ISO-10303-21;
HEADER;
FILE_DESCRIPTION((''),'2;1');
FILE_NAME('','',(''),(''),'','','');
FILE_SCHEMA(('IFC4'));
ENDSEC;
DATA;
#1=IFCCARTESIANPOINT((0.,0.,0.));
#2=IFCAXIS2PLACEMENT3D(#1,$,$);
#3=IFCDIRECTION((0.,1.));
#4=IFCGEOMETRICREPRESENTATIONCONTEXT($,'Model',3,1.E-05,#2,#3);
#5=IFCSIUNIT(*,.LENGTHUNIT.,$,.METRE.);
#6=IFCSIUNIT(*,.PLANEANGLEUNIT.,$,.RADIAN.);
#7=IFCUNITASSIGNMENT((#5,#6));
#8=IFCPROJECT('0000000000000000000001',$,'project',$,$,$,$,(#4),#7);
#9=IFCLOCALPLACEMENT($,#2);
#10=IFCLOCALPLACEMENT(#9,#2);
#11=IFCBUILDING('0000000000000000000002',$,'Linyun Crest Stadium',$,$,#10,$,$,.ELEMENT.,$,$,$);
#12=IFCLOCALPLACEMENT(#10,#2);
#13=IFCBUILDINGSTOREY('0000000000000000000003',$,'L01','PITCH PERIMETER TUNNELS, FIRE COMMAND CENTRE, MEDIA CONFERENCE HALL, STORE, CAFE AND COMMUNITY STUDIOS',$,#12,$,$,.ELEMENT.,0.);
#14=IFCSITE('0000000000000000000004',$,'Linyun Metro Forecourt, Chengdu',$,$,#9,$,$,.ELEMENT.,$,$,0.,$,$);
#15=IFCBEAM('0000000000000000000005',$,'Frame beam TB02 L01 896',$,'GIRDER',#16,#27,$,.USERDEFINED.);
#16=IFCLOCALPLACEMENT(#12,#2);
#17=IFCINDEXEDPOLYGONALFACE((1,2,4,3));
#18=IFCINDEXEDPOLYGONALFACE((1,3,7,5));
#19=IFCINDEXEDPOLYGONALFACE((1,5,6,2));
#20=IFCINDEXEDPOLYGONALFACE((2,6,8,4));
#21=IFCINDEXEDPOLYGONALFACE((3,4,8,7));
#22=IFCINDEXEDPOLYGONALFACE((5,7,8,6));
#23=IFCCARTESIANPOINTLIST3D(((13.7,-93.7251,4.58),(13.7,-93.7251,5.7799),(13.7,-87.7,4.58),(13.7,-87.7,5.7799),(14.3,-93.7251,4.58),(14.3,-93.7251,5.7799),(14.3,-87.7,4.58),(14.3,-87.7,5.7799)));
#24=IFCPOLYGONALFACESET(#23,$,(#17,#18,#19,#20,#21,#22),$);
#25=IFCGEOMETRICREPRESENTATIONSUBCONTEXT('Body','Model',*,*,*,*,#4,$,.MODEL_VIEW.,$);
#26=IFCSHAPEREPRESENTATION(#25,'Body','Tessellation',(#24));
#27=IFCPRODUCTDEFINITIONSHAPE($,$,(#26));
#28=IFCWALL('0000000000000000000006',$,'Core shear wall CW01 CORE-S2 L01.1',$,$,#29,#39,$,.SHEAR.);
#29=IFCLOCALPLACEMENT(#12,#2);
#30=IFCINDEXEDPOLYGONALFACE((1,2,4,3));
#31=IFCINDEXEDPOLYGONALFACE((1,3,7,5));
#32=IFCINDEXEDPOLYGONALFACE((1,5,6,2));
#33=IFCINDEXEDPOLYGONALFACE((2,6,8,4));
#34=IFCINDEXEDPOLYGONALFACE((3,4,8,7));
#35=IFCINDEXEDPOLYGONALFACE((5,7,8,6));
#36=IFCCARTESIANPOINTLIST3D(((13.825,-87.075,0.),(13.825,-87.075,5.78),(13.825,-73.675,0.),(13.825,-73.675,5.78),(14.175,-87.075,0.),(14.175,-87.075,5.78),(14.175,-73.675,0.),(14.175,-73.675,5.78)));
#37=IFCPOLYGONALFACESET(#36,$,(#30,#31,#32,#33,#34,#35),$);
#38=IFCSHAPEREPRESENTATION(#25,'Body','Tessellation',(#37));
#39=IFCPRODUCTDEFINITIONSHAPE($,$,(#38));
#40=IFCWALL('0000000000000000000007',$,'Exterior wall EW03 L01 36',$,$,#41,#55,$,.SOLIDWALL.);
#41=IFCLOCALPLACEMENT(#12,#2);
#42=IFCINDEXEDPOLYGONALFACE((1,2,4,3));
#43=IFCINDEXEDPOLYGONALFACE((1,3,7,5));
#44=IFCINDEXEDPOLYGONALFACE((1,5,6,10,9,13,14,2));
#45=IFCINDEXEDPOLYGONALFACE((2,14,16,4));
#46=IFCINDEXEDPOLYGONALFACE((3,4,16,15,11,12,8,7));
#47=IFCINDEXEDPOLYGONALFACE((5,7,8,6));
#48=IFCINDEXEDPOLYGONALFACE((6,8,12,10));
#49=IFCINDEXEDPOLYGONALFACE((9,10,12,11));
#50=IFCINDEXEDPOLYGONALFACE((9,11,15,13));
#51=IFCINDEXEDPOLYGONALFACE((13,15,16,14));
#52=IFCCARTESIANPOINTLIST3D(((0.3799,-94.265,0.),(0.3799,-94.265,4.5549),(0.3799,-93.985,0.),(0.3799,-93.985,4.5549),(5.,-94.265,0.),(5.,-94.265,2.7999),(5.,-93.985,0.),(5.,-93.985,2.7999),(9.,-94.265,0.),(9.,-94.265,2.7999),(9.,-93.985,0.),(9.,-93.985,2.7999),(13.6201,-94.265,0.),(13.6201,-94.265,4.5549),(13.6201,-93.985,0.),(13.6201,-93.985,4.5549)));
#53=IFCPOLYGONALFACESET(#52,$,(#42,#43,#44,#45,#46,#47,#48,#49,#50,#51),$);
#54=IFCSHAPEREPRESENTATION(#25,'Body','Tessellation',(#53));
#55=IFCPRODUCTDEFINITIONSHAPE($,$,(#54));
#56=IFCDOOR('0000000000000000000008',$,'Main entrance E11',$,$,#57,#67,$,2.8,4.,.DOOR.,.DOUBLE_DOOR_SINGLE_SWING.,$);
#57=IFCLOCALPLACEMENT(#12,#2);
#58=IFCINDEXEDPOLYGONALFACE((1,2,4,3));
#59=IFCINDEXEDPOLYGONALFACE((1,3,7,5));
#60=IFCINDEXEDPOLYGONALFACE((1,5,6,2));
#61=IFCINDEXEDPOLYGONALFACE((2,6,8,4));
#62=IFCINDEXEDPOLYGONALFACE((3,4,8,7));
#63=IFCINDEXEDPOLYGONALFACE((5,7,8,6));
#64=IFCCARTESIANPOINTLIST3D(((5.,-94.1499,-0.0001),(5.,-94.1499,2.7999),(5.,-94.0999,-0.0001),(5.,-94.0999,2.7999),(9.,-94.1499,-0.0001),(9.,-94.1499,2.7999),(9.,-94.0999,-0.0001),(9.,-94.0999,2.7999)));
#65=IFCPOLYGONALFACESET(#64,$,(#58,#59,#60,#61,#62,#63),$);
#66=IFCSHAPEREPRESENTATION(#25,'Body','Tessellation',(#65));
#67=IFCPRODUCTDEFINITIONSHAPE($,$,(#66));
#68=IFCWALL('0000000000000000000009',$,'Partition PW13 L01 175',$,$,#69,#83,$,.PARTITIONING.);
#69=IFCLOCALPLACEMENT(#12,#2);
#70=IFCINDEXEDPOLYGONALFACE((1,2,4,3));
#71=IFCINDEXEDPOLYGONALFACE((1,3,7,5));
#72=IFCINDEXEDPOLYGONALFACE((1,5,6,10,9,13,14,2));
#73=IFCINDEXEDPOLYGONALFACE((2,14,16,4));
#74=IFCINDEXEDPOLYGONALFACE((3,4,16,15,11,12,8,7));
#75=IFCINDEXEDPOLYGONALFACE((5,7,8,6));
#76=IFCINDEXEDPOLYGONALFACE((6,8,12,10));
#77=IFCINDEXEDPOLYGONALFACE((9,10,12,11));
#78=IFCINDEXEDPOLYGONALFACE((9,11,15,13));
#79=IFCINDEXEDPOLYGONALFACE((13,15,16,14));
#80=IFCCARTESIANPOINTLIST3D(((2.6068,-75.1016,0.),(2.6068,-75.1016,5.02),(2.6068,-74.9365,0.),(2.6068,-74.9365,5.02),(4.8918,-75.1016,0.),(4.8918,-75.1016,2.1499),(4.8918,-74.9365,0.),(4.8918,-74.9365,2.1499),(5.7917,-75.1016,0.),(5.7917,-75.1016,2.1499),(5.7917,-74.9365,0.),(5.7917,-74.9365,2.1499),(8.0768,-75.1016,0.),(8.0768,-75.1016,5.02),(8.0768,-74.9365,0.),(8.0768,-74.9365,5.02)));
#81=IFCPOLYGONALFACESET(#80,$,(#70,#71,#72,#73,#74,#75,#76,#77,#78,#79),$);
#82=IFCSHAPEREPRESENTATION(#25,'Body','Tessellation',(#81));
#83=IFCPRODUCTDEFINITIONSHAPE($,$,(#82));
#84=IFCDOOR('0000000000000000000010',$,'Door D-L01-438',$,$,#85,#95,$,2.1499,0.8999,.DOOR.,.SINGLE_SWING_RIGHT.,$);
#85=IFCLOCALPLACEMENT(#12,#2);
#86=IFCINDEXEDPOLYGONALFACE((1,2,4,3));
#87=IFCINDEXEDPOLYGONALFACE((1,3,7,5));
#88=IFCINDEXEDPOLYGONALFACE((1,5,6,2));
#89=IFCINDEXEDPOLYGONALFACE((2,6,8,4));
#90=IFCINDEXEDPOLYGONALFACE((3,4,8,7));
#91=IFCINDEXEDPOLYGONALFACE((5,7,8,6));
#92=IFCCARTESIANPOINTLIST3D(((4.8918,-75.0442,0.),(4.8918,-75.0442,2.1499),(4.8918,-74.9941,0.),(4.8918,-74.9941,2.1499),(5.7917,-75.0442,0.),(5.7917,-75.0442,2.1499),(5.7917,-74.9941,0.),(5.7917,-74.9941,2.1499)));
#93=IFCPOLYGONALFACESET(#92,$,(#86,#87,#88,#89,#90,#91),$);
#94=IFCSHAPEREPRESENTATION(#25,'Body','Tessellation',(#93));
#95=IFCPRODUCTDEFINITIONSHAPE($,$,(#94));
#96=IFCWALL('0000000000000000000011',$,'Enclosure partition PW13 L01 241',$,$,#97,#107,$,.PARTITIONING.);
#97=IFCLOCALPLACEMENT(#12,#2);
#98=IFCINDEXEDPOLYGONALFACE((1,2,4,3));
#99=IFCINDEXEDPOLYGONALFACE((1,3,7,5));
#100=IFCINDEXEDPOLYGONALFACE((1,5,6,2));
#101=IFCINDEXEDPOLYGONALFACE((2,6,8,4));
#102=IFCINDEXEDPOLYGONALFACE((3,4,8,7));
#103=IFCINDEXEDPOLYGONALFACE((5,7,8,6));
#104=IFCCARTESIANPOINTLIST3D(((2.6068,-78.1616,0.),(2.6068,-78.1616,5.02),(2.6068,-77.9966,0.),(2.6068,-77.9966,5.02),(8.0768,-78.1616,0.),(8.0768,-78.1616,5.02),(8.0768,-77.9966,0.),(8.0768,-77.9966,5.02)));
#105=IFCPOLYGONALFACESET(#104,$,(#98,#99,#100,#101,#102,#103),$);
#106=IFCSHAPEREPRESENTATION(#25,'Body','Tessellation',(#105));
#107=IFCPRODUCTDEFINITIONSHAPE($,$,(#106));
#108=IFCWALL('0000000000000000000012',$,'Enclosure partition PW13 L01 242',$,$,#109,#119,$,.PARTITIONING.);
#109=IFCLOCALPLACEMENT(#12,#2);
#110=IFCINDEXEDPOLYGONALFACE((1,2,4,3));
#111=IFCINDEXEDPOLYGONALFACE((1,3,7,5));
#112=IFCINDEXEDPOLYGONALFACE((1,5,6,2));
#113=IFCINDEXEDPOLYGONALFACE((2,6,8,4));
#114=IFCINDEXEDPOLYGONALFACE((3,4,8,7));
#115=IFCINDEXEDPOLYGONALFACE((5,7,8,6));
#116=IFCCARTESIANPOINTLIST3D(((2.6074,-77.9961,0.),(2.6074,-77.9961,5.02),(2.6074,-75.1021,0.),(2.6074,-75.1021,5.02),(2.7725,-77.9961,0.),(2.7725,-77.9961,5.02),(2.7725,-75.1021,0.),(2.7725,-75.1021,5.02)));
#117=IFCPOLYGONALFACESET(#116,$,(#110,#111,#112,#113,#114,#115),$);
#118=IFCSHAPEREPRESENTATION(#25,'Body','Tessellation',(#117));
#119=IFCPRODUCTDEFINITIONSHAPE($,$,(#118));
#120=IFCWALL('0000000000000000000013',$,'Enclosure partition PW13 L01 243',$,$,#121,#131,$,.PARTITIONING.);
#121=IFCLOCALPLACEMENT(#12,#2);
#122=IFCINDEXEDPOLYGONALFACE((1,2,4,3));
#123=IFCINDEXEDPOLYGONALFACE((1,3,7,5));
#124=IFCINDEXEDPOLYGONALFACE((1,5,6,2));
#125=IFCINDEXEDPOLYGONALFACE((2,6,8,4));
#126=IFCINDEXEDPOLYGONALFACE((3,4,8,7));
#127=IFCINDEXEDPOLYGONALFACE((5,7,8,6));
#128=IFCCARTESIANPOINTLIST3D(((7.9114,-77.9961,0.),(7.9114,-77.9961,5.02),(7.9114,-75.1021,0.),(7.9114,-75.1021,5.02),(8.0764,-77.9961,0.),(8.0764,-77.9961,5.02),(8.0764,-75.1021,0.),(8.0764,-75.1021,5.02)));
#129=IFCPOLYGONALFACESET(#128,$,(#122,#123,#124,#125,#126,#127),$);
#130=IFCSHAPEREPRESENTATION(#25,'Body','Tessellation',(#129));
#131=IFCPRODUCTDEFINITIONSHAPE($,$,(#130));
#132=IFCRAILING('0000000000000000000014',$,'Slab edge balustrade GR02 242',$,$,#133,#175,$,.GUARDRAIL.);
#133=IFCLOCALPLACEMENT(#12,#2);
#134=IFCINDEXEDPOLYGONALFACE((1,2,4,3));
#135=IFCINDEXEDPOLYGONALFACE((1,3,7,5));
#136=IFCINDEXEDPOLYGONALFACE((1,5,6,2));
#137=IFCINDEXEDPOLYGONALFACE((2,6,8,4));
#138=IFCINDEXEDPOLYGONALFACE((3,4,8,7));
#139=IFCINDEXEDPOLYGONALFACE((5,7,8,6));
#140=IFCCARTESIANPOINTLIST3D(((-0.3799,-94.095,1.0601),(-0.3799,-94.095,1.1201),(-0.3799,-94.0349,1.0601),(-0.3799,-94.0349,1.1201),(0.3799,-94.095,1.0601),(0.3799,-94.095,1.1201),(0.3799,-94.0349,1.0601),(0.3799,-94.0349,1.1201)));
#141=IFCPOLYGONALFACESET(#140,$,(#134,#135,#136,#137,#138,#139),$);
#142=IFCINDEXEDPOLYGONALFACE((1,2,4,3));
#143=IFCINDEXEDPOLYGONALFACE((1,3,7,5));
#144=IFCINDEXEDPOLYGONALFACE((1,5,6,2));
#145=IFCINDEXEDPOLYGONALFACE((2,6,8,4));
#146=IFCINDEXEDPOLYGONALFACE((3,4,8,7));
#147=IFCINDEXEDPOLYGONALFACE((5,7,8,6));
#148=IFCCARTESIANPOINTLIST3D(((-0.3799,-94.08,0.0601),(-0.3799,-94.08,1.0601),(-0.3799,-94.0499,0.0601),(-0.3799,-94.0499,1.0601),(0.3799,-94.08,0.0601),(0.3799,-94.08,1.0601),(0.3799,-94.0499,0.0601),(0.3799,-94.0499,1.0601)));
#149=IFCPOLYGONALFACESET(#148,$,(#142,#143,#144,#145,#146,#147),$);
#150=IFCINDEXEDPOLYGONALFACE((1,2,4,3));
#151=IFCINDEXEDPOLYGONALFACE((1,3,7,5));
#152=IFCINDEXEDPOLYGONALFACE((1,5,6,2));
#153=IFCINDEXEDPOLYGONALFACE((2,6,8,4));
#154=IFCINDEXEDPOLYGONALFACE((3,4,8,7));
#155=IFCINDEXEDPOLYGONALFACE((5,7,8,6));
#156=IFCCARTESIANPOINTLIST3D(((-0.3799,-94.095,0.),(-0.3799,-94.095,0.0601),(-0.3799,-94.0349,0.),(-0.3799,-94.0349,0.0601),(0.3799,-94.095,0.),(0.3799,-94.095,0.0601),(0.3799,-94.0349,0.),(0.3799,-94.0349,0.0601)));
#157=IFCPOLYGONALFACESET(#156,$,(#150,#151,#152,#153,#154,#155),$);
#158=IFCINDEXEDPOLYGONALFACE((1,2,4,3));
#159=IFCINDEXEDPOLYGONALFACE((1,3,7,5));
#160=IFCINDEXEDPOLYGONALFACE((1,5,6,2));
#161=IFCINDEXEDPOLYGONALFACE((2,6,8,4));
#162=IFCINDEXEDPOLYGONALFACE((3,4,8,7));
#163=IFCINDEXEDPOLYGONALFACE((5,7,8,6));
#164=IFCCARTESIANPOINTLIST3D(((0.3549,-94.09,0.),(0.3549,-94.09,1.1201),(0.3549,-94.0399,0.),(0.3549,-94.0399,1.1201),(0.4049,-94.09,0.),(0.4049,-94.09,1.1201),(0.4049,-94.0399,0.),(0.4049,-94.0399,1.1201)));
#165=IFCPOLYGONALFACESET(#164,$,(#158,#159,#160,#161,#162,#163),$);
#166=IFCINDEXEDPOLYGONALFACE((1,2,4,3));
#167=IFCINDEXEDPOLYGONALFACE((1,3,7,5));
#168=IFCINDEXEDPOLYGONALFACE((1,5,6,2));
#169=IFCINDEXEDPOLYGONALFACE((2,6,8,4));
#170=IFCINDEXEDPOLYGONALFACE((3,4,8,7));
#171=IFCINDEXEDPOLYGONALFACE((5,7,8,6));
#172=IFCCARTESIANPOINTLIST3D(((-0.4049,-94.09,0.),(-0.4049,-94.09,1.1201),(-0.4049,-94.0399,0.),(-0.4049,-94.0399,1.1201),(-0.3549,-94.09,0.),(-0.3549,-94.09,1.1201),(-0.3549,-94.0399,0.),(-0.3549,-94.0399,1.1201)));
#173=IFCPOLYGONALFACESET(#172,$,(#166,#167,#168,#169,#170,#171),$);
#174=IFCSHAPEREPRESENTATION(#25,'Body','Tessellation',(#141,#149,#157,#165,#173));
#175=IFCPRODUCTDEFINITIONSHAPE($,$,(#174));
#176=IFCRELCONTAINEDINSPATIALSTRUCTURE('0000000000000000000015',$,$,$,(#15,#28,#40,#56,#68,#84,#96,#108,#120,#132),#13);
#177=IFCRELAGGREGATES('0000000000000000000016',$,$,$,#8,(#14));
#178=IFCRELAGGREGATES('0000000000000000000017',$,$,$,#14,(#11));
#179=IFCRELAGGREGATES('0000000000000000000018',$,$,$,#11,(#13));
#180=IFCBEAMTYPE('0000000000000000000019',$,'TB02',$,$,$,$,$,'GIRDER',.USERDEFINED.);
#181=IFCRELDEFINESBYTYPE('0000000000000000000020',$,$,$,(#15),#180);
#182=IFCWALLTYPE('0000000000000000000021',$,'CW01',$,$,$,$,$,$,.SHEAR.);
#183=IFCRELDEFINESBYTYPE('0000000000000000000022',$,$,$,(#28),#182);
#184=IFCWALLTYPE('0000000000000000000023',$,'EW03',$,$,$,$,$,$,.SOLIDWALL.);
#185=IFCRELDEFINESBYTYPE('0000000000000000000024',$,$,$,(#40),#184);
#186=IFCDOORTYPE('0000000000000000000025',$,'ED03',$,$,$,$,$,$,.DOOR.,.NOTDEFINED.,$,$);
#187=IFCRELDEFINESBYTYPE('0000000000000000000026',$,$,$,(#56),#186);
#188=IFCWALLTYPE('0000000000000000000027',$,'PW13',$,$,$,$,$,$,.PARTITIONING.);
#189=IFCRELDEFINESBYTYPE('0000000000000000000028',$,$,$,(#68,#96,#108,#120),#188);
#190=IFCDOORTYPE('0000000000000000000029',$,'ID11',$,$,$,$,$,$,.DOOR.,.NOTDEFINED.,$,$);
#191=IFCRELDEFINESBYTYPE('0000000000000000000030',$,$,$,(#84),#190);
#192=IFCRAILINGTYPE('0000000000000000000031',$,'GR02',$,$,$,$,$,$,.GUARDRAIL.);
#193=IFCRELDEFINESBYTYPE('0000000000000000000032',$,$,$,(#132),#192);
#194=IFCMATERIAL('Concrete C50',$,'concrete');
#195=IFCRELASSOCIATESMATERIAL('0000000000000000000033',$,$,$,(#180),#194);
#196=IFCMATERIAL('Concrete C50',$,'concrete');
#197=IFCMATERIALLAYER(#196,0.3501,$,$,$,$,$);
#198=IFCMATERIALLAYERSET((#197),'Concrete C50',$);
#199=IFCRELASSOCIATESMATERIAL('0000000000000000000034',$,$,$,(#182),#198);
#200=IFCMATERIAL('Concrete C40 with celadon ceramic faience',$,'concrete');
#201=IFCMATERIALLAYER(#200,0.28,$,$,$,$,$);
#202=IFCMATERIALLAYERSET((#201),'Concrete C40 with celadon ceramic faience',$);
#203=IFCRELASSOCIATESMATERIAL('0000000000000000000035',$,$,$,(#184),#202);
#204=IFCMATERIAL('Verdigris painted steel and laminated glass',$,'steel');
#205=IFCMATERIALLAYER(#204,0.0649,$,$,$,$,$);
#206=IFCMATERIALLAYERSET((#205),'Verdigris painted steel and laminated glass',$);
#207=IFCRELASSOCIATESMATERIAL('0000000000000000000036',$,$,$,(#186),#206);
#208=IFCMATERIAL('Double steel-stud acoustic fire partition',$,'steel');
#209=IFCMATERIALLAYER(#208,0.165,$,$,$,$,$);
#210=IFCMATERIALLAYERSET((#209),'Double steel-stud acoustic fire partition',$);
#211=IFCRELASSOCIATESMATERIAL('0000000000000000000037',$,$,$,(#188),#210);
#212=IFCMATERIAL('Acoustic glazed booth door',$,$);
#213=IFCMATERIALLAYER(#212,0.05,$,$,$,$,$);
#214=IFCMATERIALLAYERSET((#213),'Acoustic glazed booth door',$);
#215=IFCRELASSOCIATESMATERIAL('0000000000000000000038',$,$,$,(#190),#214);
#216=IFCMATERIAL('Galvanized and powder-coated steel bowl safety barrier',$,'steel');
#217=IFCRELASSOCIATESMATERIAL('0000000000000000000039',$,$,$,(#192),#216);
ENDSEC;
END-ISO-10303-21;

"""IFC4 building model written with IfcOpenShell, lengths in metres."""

from ifc_helpers import new_model, si_unit, direction, frame, frame_2d, origin, origin_2d, place, context, subcontext, project, spatial, rectangle, extrude, material, layer, layer_set, material_profile, profile_set, type_object, element, fill, save


model = new_model("IFC4")

# Units and contexts
model_context = context("Model", 3, precision=1e-05, world=origin(), true_north=direction((0.0, 1.0)))
body_context = subcontext(model_context, "Body", "Model", "MODEL_VIEW")
ifc_project = project(units=[si_unit("LENGTHUNIT", "METRE"), si_unit("PLANEANGLEUNIT", "RADIAN")], contexts=[model_context])

# Site, building, storey
site_placement = place(None, origin())
site = spatial("IfcSite", under=ifc_project, at=site_placement, Name="Linyun Metro Forecourt, Chengdu", CompositionType="ELEMENT", RefElevation=0.0)
building_placement = place(site_placement, origin())
building = spatial("IfcBuilding", under=site, at=building_placement, Name="Linyun Crest Stadium", CompositionType="ELEMENT")
storey_placement = place(building_placement, origin())
storey = spatial("IfcBuildingStorey", under=building, at=storey_placement, Name="L01", Description="PITCH PERIMETER TUNNELS, FIRE COMMAND CENTRE, MEDIA CONFERENCE HALL, STORE, CAFE AND COMMUNITY STUDIOS", CompositionType="ELEMENT", Elevation=0.0)

# Beam
ifc_material_1 = material(Name="Concrete C50", Category="concrete")
ifc_material_profile_1 = material_profile(ifc_material_1, rectangle(XDim=0.6001, YDim=1.2, at=origin_2d()), Name="RCB 1200x600")
ifc_profile_set_1 = profile_set([ifc_material_profile_1], Name="Concrete C50")
beam_type_1 = type_object("IfcBeamType", Name="TB02", ElementType="GIRDER", PredefinedType="USERDEFINED", material=ifc_profile_set_1)
beam_1_placement = place(storey_placement, frame((14.0, -93.7251, 5.1799), z_axis=(0.0, 1.0, 0.0), x_axis=(-1.0, 0.0, 0.0)))
element("IfcBeam", 1, at=beam_1_placement, inside=storey, type_object=beam_type_1, Name="Frame beam TB02 L01 896", ObjectType="GIRDER", PredefinedType="USERDEFINED", context=body_context, shape_type="SweptSolid", body=[
    extrude(rectangle(XDim=0.6001, YDim=1.2, at=origin_2d()), origin(), (0.0, 0.0, 1.0), 6.0251),
])

# Wall
ifc_material_2 = material(Name="Concrete C50", Category="concrete")
ifc_layer_1 = layer(ifc_material_2, 0.3501)
ifc_layer_set_1 = layer_set([ifc_layer_1], Name="Concrete C50")
wall_type_1 = type_object("IfcWallType", Name="CW01", PredefinedType="SHEAR", material=ifc_layer_set_1)
wall_1_placement = place(storey_placement, frame((14.0, -87.075, 0.0), z_axis=(0.0, 0.0, 1.0), x_axis=(0.0, 1.0, 0.0)))
element("IfcWall", 2, at=wall_1_placement, inside=storey, type_object=wall_type_1, Name="Core shear wall CW01 CORE-S2 L01.1", PredefinedType="SHEAR", context=body_context, shape_type="SweptSolid", body=[
    extrude(rectangle(XDim=13.3999, YDim=0.3501, at=frame_2d((6.7, 0.0))), origin(), (0.0, 0.0, 1.0), 5.78),
])

# Walls, openings, doors
ifc_material_3 = material(Name="Concrete C40 with celadon ceramic faience", Category="concrete")
ifc_layer_2 = layer(ifc_material_3, 0.28)
ifc_layer_set_2 = layer_set([ifc_layer_2], Name="Concrete C40 with celadon ceramic faience")
wall_type_2 = type_object("IfcWallType", Name="EW03", PredefinedType="SOLIDWALL", material=ifc_layer_set_2)
wall_2_placement = place(storey_placement, frame((13.6201, -94.125, 0.0), z_axis=(0.0, 0.0, 1.0), x_axis=(-1.0, 0.0, 0.0)))
wall_2 = element("IfcWall", 3, at=wall_2_placement, inside=storey, type_object=wall_type_2, Name="Exterior wall EW03 L01 36", PredefinedType="SOLIDWALL", context=body_context, shape_type="SweptSolid", body=[
    extrude(rectangle(XDim=13.2402, YDim=0.28, at=frame_2d((6.6201, 0.0))), origin(), (0.0, 0.0, 1.0), 4.5549),
])
opening_1_placement = place(wall_2_placement, frame((4.6201, 0.0, 0.0)))
opening_1 = element("IfcOpeningElement", 4, at=opening_1_placement, cuts=wall_2, PredefinedType="OPENING", context=body_context, shape_type="SweptSolid", body=[
    extrude(rectangle(XDim=4.0, YDim=2.8, at=frame_2d((2.0, 1.3999))), frame((0.0, 0.1499, 0.0), z_axis=(0.0, -1.0, 0.0), x_axis=(1.0, 0.0, 0.0)), (0.0, 0.0, 1.0), 0.3),
])
ifc_material_4 = material(Name="Verdigris painted steel and laminated glass", Category="steel")
ifc_layer_3 = layer(ifc_material_4, 0.0649)
ifc_layer_set_3 = layer_set([ifc_layer_3], Name="Verdigris painted steel and laminated glass")
door_type_1 = type_object("IfcDoorType", Name="ED03", OperationType="NOTDEFINED", PredefinedType="DOOR", material=ifc_layer_set_3)
door_1_placement = place(opening_1_placement, origin())
door_1 = element("IfcDoor", 5, at=door_1_placement, inside=storey, type_object=door_type_1, Name="Main entrance E11", OperationType="DOUBLE_DOOR_SINGLE_SWING", OverallHeight=2.8, OverallWidth=4.0, PredefinedType="DOOR", context=body_context, shape_type="SweptSolid", body=[
    extrude(rectangle(XDim=4.0, YDim=2.8, at=frame_2d((2.0, 1.3999))), frame((0.0, 0.0249, 0.0), z_axis=(0.0, -1.0, 0.0), x_axis=(1.0, 0.0, 0.0)), (0.0, 0.0, 1.0), 0.05),
])
fill(opening_1, door_1)
ifc_material_5 = material(Name="Double steel-stud acoustic fire partition", Category="steel")
ifc_layer_4 = layer(ifc_material_5, 0.165)
ifc_layer_set_4 = layer_set([ifc_layer_4], Name="Double steel-stud acoustic fire partition")
wall_type_3 = type_object("IfcWallType", Name="PW13", PredefinedType="PARTITIONING", material=ifc_layer_set_4)
wall_3_placement = place(storey_placement, frame((2.6069, -75.019, 0.0), z_axis=(0.0, 0.0, 1.0), x_axis=(1.0, 0.0, 0.0)))
wall_3 = element("IfcWall", 6, at=wall_3_placement, inside=storey, type_object=wall_type_3, Name="Partition PW13 L01 175", PredefinedType="PARTITIONING", context=body_context, shape_type="SweptSolid", body=[
    extrude(rectangle(XDim=5.47, YDim=0.165, at=frame_2d((2.7349, 0.0))), origin(), (0.0, 0.0, 1.0), 5.02),
])
opening_2_placement = place(wall_3_placement, frame((2.2849, 0.0, 0.0)))
opening_2 = element("IfcOpeningElement", 7, at=opening_2_placement, cuts=wall_3, PredefinedType="OPENING", context=body_context, shape_type="SweptSolid", body=[
    extrude(rectangle(XDim=0.8999, YDim=2.1499, at=frame_2d((0.45, 1.075))), frame((0.0, 0.0925, 0.0), z_axis=(0.0, -1.0, 0.0), x_axis=(1.0, 0.0, 0.0)), (0.0, 0.0, 1.0), 0.1851),
])
ifc_material_6 = material(Name="Acoustic glazed booth door")
ifc_layer_5 = layer(ifc_material_6, 0.05)
ifc_layer_set_5 = layer_set([ifc_layer_5], Name="Acoustic glazed booth door")
door_type_2 = type_object("IfcDoorType", Name="ID11", OperationType="NOTDEFINED", PredefinedType="DOOR", material=ifc_layer_set_5)
door_2_placement = place(opening_2_placement, origin())
door_2 = element("IfcDoor", 8, at=door_2_placement, inside=storey, type_object=door_type_2, Name="Door D-L01-438", OperationType="SINGLE_SWING_RIGHT", OverallHeight=2.1499, OverallWidth=0.8999, PredefinedType="DOOR", context=body_context, shape_type="SweptSolid", body=[
    extrude(rectangle(XDim=0.8999, YDim=2.1499, at=frame_2d((0.45, 1.075))), frame((0.0, 0.0249, 0.0), z_axis=(0.0, -1.0, 0.0), x_axis=(1.0, 0.0, 0.0)), (0.0, 0.0, 1.0), 0.05),
])
fill(opening_2, door_2)

# Walls
wall_4_placement = place(storey_placement, frame((2.6069, -78.0791, 0.0), z_axis=(0.0, 0.0, 1.0), x_axis=(1.0, 0.0, 0.0)))
element("IfcWall", 9, at=wall_4_placement, inside=storey, type_object=wall_type_3, Name="Enclosure partition PW13 L01 241", PredefinedType="PARTITIONING", context=body_context, shape_type="SweptSolid", body=[
    extrude(rectangle(XDim=5.47, YDim=0.165, at=frame_2d((2.7349, 0.0))), origin(), (0.0, 0.0, 1.0), 5.02),
])
for number, where, z_axis, x_axis, name in (
    (10, (2.6899, -77.9961, 0.0), (0.0, 0.0, 1.0), (0.0, 1.0, 0.0), "Enclosure partition PW13 L01 242"),
    (11, (7.9939, -77.9961, 0.0), (0.0, 0.0, 1.0), (0.0, 1.0, 0.0), "Enclosure partition PW13 L01 243"),
):
    element("IfcWall", number, at=place(storey_placement, frame(where, z_axis=z_axis, x_axis=x_axis)), inside=storey, type_object=wall_type_3, Name=name, PredefinedType="PARTITIONING", context=body_context, shape_type="SweptSolid", body=[
        extrude(rectangle(XDim=2.894, YDim=0.165, at=frame_2d((1.447, 0.0))), origin(), (0.0, 0.0, 1.0), 5.02),
    ])

# Railing
ifc_material_7 = material(Name="Galvanized and powder-coated steel bowl safety barrier", Category="steel")
railing_type = type_object("IfcRailingType", Name="GR02", PredefinedType="GUARDRAIL", material=ifc_material_7)
railing_placement = place(storey_placement, frame((0.3799, -94.0649, 0.0)))
element("IfcRailing", 12, at=railing_placement, inside=storey, type_object=railing_type, Name="Slab edge balustrade GR02 242", PredefinedType="GUARDRAIL", context=body_context, shape_type="SweptSolid", body=[
    extrude(rectangle(XDim=0.0601, YDim=0.0601, at=origin_2d()), frame((0.0, 0.0, 1.0901), z_axis=(-1.0, 0.0, 0.0), x_axis=(0.0, -1.0, 0.0)), (0.0, 0.0, 1.0), 0.7598),
    extrude(rectangle(XDim=0.03, YDim=1.0, at=origin_2d()), frame((0.0, 0.0, 0.5601), z_axis=(-1.0, 0.0, 0.0), x_axis=(0.0, -1.0, 0.0)), (0.0, 0.0, 1.0), 0.7598),
    extrude(rectangle(XDim=0.0601, YDim=0.0601, at=origin_2d()), frame((0.0, 0.0, 0.03), z_axis=(-1.0, 0.0, 0.0), x_axis=(0.0, -1.0, 0.0)), (0.0, 0.0, 1.0), 0.7598),
    extrude(rectangle(XDim=0.05, YDim=0.05, at=origin_2d()), origin(), (0.0, 0.0, 1.0), 1.1201),
    extrude(rectangle(XDim=0.05, YDim=0.05, at=origin_2d()), frame((-0.7598, 0.0, 0.0)), (0.0, 0.0, 1.0), 1.1201),
])

save(model, "model.ifc")
